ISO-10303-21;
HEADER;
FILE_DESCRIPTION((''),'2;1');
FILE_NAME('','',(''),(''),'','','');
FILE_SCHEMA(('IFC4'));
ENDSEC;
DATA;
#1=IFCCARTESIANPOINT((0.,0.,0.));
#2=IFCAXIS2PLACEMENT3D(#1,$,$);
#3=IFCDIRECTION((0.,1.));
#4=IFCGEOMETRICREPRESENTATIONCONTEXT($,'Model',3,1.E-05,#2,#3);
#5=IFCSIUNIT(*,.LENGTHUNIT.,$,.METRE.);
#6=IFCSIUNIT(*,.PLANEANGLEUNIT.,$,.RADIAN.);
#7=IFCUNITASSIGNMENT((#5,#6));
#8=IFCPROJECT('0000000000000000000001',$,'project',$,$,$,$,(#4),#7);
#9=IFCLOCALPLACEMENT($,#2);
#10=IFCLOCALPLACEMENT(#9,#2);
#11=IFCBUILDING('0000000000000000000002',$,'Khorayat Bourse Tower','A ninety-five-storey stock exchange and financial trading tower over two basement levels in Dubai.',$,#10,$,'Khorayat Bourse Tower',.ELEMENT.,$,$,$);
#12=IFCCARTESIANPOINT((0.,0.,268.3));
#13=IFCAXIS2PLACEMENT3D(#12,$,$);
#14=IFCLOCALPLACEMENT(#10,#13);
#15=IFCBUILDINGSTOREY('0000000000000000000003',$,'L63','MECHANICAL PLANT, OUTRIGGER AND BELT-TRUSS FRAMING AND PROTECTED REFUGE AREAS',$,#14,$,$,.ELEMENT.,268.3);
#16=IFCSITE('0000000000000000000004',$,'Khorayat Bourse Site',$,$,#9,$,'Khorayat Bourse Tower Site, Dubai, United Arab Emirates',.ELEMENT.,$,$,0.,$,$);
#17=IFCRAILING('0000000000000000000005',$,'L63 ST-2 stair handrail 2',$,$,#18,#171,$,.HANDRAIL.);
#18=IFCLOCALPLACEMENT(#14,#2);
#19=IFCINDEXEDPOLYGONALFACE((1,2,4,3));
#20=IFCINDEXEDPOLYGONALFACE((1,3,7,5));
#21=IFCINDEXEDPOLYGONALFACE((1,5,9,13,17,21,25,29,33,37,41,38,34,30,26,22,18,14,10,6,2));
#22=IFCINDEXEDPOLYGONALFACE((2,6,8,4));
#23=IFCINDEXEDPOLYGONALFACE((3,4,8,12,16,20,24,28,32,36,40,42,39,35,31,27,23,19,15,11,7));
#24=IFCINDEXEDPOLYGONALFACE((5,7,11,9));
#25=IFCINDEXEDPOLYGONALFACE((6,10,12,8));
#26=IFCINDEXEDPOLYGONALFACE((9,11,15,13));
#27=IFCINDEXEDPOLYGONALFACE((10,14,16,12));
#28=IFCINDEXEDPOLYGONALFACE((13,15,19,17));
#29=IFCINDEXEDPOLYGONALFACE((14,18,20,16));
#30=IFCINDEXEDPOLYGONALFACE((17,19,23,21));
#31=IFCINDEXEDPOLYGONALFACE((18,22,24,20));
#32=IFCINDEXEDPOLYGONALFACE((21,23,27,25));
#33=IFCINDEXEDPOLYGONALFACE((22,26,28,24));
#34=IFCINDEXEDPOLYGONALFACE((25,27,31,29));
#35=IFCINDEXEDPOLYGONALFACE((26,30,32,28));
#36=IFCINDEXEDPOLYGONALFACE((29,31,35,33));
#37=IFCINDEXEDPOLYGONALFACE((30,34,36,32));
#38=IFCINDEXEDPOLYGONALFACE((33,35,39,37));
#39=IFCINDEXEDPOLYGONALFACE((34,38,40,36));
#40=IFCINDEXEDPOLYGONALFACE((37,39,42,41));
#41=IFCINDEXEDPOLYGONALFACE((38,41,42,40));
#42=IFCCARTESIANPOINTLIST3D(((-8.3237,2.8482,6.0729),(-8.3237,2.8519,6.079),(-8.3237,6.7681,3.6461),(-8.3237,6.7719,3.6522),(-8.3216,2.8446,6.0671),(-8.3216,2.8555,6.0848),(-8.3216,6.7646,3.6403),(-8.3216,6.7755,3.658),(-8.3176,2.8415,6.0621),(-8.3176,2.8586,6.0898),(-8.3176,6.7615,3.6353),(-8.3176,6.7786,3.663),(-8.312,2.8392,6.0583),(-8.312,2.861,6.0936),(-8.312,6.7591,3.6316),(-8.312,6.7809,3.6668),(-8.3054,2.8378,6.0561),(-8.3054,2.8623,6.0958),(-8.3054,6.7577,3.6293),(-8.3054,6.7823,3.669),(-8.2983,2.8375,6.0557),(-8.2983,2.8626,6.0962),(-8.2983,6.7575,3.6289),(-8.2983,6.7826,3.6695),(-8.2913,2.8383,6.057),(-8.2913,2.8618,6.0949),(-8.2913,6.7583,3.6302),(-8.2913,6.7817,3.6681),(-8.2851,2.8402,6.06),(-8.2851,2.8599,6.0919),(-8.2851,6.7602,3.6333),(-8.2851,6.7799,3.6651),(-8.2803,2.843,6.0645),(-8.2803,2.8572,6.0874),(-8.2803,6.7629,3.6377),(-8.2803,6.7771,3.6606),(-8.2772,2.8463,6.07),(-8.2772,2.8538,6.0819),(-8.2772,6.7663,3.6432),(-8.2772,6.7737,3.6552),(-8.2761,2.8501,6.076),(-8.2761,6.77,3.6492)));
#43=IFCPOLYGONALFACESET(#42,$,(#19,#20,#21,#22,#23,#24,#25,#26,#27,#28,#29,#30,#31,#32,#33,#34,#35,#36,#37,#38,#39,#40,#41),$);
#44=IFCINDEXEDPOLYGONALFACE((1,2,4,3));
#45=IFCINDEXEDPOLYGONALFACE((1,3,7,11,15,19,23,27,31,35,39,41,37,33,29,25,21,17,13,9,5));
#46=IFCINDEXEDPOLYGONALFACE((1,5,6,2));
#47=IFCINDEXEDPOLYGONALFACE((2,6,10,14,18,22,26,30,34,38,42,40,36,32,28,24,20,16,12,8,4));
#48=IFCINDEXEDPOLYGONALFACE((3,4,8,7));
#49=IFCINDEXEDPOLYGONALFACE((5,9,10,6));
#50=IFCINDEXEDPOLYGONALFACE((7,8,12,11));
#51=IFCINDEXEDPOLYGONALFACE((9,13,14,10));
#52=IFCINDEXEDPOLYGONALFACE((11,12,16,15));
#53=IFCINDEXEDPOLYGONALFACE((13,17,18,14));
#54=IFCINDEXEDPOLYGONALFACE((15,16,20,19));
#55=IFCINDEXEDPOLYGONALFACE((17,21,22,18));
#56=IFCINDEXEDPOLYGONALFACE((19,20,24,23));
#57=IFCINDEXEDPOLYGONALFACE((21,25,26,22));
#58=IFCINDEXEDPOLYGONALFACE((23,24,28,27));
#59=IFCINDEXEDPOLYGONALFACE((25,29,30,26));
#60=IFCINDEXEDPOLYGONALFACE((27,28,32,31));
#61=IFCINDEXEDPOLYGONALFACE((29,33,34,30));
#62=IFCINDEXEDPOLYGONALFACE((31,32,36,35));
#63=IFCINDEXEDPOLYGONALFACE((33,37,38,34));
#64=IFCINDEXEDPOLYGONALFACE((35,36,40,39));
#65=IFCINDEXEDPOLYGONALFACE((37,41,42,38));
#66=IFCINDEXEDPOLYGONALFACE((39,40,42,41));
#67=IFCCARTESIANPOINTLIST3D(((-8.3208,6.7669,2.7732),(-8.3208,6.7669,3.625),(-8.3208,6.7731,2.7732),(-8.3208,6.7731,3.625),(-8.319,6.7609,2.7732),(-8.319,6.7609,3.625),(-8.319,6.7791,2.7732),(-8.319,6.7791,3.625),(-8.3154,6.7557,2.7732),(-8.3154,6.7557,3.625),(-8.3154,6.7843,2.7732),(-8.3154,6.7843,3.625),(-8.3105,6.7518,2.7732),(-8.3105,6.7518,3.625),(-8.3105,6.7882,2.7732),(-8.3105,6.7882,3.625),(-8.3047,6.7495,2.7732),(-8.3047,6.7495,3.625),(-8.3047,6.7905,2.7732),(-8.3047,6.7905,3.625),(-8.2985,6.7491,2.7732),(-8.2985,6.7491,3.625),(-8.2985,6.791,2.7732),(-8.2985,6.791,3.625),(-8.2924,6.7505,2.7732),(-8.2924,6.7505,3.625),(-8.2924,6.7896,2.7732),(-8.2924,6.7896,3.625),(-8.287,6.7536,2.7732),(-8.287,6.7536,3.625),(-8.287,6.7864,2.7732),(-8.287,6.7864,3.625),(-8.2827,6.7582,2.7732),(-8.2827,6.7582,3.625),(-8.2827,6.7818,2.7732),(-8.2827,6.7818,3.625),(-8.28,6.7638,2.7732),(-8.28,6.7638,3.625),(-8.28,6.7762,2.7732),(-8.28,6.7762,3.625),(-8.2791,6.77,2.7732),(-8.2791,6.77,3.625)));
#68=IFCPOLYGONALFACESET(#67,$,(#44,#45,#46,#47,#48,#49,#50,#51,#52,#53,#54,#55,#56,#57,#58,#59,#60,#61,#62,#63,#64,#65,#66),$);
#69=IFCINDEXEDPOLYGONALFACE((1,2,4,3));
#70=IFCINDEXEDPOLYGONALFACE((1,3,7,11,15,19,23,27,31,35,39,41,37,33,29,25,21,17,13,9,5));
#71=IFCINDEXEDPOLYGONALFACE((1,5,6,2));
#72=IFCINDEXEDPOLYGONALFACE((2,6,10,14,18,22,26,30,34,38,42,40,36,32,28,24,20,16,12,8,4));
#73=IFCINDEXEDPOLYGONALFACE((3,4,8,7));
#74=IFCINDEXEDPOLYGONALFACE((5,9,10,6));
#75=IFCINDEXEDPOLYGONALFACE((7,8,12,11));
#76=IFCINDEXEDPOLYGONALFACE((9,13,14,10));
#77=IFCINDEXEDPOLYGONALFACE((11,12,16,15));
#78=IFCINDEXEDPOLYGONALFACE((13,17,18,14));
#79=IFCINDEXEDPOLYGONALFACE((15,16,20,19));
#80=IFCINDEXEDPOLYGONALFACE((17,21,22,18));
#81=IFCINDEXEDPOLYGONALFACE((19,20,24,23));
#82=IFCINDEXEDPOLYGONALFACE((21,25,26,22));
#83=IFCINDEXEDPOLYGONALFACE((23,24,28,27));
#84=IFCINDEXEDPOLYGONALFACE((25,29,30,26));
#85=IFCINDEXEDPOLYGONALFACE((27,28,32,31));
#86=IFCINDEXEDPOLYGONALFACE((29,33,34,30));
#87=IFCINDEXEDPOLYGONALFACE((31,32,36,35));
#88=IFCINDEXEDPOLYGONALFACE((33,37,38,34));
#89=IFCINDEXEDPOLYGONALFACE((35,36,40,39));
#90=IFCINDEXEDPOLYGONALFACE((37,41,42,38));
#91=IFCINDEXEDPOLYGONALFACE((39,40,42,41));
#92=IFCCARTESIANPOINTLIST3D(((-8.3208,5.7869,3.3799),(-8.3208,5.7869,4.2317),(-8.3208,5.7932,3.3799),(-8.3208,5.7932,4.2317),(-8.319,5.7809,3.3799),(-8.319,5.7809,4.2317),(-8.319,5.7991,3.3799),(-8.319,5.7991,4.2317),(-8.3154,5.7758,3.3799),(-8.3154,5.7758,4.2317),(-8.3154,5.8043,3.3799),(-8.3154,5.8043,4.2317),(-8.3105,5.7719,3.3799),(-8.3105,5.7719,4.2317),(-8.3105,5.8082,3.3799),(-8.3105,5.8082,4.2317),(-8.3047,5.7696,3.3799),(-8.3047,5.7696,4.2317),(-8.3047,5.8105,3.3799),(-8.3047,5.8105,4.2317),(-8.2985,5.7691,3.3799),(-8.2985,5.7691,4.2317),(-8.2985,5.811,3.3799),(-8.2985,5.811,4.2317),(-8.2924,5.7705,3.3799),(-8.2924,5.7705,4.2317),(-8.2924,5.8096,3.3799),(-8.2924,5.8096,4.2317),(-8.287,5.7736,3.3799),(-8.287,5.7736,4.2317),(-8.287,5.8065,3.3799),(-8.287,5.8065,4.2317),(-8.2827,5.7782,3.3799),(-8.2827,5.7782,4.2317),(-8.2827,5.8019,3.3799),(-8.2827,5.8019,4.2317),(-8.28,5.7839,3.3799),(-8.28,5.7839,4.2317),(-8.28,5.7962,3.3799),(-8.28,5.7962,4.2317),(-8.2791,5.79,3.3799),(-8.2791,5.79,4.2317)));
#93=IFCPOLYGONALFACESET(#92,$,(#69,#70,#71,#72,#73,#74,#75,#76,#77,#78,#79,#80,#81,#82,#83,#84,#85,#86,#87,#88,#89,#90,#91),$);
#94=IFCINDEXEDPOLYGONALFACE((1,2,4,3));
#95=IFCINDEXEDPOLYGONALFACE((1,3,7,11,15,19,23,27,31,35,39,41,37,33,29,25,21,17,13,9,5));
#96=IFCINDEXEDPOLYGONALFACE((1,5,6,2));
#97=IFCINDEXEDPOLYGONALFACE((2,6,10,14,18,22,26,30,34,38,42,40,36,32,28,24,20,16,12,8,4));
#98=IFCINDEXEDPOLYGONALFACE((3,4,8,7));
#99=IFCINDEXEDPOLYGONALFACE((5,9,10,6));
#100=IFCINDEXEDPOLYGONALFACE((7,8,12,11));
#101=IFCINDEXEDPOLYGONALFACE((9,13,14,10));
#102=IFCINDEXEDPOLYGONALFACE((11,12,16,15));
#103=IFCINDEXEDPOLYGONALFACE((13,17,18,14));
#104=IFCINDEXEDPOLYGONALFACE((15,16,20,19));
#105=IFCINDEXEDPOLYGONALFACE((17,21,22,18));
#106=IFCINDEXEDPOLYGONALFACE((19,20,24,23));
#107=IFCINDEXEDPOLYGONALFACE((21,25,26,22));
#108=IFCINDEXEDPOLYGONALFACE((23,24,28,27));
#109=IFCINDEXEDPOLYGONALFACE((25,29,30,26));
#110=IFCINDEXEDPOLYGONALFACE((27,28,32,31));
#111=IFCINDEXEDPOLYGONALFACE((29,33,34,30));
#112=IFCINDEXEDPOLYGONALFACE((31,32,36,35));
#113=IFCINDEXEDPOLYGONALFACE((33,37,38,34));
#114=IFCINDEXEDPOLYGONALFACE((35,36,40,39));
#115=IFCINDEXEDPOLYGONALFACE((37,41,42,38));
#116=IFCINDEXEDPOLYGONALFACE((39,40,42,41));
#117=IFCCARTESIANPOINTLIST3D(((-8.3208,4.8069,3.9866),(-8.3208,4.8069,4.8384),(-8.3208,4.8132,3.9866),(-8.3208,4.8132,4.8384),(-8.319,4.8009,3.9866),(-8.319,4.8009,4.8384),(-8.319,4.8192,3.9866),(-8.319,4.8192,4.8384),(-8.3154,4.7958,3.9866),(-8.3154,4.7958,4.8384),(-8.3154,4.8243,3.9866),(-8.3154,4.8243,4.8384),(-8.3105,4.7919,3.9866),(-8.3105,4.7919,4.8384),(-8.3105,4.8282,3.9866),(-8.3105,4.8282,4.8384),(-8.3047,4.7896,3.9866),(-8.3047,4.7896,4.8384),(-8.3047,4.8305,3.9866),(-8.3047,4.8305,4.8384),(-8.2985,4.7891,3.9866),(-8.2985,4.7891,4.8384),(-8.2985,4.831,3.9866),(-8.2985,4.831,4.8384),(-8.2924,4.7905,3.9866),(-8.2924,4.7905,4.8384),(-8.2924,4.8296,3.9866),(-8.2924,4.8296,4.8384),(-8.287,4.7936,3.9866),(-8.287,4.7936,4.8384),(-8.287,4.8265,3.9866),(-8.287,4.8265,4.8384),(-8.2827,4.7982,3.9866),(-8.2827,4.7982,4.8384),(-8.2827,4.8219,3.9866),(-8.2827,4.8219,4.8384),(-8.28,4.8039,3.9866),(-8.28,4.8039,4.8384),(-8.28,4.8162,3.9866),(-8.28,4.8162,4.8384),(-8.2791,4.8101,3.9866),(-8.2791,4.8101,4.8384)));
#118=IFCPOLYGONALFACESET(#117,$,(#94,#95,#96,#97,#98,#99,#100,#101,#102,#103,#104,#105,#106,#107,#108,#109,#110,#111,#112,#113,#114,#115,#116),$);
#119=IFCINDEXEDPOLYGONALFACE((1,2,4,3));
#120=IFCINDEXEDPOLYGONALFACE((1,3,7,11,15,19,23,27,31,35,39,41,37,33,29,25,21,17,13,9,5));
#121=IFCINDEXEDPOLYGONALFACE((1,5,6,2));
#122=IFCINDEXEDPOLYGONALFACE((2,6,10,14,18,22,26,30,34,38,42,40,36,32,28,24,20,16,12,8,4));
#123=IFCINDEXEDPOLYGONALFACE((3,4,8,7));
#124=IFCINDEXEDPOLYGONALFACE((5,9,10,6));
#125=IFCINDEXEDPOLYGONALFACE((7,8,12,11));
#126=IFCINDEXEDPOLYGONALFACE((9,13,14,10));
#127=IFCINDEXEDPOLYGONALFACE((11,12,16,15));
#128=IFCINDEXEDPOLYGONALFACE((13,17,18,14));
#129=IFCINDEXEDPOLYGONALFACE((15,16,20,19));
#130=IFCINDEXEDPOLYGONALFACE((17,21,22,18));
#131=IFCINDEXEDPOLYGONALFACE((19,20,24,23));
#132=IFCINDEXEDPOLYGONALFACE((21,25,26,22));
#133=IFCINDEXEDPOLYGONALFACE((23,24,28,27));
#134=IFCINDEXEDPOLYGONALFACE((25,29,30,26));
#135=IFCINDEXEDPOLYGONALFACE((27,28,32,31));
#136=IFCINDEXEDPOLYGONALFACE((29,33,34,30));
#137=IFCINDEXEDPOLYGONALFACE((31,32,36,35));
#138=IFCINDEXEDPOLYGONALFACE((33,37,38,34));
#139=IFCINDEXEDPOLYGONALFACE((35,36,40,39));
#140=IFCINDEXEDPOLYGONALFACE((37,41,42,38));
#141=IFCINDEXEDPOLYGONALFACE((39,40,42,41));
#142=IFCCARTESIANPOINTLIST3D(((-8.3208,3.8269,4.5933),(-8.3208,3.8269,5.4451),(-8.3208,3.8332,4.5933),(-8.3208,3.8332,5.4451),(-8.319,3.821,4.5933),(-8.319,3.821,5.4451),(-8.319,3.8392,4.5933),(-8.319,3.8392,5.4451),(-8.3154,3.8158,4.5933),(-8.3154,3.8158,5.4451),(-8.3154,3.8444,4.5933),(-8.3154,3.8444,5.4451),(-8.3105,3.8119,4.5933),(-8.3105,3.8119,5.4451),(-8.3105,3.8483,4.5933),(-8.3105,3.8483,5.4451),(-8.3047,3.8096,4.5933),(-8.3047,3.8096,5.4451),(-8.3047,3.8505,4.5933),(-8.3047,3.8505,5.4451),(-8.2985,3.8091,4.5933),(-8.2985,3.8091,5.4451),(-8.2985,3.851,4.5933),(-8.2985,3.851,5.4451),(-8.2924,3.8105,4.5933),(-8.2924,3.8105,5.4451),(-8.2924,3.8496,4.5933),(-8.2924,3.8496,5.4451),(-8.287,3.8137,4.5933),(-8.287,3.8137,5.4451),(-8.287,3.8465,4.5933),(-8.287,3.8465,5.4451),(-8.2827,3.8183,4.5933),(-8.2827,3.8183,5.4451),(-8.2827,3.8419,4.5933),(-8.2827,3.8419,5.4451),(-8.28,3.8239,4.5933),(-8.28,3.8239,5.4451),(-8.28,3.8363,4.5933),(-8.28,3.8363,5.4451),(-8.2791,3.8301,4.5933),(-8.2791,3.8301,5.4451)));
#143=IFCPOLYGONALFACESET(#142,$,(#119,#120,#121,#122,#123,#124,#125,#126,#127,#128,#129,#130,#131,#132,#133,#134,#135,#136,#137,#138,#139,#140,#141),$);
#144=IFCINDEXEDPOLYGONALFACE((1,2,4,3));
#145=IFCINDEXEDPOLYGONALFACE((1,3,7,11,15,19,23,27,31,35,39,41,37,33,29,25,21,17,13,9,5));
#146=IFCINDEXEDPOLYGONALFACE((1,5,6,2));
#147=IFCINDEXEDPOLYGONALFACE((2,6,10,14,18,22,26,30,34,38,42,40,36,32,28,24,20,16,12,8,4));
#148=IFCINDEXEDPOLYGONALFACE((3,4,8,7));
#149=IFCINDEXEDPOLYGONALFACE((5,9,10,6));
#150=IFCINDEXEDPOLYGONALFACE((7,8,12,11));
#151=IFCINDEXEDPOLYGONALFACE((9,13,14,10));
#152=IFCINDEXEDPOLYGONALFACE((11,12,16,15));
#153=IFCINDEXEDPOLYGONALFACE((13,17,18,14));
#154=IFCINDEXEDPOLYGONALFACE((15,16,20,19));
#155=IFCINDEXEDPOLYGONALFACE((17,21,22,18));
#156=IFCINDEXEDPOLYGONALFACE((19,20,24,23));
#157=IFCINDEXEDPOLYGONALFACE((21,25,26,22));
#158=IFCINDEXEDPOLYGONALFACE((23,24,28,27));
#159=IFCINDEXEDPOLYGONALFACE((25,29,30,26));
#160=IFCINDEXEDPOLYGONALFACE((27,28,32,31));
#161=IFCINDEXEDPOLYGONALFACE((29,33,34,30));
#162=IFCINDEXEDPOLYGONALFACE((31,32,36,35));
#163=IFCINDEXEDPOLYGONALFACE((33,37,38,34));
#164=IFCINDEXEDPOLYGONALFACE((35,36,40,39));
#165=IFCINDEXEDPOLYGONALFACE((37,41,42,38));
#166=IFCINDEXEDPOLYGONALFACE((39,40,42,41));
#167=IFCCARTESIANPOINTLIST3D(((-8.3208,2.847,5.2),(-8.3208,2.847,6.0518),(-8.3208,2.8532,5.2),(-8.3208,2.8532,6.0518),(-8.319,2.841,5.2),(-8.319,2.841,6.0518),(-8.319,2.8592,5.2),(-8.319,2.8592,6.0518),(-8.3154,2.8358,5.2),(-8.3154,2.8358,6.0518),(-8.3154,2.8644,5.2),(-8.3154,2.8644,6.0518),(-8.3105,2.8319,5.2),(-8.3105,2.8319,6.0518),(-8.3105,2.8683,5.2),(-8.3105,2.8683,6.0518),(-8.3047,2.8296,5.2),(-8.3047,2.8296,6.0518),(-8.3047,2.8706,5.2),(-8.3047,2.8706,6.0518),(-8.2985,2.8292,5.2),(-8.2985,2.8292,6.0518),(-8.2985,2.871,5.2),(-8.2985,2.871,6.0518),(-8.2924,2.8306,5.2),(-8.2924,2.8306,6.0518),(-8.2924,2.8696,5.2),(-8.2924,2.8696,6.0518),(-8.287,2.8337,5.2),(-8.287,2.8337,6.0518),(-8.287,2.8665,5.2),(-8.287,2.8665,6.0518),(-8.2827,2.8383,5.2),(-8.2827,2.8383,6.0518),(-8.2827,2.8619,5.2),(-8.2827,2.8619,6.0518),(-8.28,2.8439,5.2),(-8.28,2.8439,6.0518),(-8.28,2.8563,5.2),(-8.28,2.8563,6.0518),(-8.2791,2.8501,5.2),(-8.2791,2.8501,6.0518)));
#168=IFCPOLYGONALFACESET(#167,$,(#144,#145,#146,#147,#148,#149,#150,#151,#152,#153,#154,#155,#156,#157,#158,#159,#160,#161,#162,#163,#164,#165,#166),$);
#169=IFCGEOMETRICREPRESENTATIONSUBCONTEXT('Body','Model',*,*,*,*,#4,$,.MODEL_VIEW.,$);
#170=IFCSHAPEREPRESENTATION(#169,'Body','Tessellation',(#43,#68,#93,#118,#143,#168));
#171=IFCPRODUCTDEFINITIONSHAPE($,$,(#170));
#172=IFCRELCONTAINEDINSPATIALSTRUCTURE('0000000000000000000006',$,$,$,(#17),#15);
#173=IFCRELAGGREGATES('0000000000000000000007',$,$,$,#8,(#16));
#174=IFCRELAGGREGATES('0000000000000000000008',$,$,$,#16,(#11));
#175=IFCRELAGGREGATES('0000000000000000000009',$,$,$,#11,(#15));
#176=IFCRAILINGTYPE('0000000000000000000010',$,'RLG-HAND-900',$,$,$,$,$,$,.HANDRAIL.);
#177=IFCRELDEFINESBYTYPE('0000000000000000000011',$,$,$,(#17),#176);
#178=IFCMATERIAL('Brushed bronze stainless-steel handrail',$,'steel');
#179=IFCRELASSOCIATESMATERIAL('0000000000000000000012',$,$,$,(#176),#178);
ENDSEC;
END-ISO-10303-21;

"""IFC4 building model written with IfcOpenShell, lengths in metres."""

from ifc_helpers import new_model, si_unit, direction, frame, origin, origin_2d, place, context, subcontext, project, spatial, circle, extrude, source, transform, mapped, material, type_object, element, save


model = new_model("IFC4")

# Units and contexts
model_context = context("Model", 3, precision=1e-05, world=origin(), true_north=direction((0.0, 1.0)))
body_context = subcontext(model_context, "Body", "Model", "MODEL_VIEW")
ifc_project = project(units=[si_unit("LENGTHUNIT", "METRE"), si_unit("PLANEANGLEUNIT", "RADIAN")], contexts=[model_context])

# Site, building, storey
site_placement = place(None, origin())
site = spatial("IfcSite", under=ifc_project, at=site_placement, Name="Khorayat Bourse Site", LongName="Khorayat Bourse Tower Site, Dubai, United Arab Emirates", CompositionType="ELEMENT", RefElevation=0.0)
building_placement = place(site_placement, origin())
building = spatial("IfcBuilding", under=site, at=building_placement, Name="Khorayat Bourse Tower", Description="A ninety-five-storey stock exchange and financial trading tower over two basement levels in Dubai.", LongName="Khorayat Bourse Tower", CompositionType="ELEMENT")
storey_placement = place(building_placement, frame((0.0, 0.0, 268.3)))
storey = spatial("IfcBuildingStorey", under=building, at=storey_placement, Name="L63", Description="MECHANICAL PLANT, OUTRIGGER AND BELT-TRUSS FRAMING AND PROTECTED REFUGE AREAS", CompositionType="ELEMENT", Elevation=268.3)

# Railing
ifc_material_1 = material(Name="Brushed bronze stainless-steel handrail", Category="steel")
railing_type_1 = type_object("IfcRailingType", Name="RLG-HAND-900", PredefinedType="HANDRAIL", material=ifc_material_1)
shared_shape_1 = source(origin(), body_context, "Body", "SweptSolid", [
    extrude(circle(Radius=0.0239, at=origin_2d()), frame((0.0, 0.0, 0.876), z_axis=(0.0, -0.850252, 0.526376), x_axis=(1.0, 0.0, 0.0)), (0.0, 0.0, 1.0), 4.6104),
    extrude(circle(Radius=0.021, at=origin_2d()), origin(), (0.0, 0.0, 1.0), 0.8518),
    extrude(circle(Radius=0.021, at=origin_2d()), frame((0.0, -0.98, 0.6067)), (0.0, 0.0, 1.0), 0.8518),
    extrude(circle(Radius=0.021, at=origin_2d()), frame((0.0, -1.96, 1.2134)), (0.0, 0.0, 1.0), 0.8518),
    extrude(circle(Radius=0.021, at=origin_2d()), frame((0.0, -2.9399, 1.8201)), (0.0, 0.0, 1.0), 0.8518),
    extrude(circle(Radius=0.021, at=origin_2d()), frame((0.0, -3.9199, 2.4268)), (0.0, 0.0, 1.0), 0.8518),
])
railing_1_placement = place(storey_placement, frame((-8.3, 6.77, 2.7732)))
element("IfcRailing", 1, at=railing_1_placement, inside=storey, type_object=railing_type_1, Name="L63 ST-2 stair handrail 2", PredefinedType="HANDRAIL", context=body_context, shape_type="MappedRepresentation", body=[
    mapped(shared_shape_1, transform((0.0, 0.0, 0.0), scale=1.0)),
])

save(model, "model.ifc")
